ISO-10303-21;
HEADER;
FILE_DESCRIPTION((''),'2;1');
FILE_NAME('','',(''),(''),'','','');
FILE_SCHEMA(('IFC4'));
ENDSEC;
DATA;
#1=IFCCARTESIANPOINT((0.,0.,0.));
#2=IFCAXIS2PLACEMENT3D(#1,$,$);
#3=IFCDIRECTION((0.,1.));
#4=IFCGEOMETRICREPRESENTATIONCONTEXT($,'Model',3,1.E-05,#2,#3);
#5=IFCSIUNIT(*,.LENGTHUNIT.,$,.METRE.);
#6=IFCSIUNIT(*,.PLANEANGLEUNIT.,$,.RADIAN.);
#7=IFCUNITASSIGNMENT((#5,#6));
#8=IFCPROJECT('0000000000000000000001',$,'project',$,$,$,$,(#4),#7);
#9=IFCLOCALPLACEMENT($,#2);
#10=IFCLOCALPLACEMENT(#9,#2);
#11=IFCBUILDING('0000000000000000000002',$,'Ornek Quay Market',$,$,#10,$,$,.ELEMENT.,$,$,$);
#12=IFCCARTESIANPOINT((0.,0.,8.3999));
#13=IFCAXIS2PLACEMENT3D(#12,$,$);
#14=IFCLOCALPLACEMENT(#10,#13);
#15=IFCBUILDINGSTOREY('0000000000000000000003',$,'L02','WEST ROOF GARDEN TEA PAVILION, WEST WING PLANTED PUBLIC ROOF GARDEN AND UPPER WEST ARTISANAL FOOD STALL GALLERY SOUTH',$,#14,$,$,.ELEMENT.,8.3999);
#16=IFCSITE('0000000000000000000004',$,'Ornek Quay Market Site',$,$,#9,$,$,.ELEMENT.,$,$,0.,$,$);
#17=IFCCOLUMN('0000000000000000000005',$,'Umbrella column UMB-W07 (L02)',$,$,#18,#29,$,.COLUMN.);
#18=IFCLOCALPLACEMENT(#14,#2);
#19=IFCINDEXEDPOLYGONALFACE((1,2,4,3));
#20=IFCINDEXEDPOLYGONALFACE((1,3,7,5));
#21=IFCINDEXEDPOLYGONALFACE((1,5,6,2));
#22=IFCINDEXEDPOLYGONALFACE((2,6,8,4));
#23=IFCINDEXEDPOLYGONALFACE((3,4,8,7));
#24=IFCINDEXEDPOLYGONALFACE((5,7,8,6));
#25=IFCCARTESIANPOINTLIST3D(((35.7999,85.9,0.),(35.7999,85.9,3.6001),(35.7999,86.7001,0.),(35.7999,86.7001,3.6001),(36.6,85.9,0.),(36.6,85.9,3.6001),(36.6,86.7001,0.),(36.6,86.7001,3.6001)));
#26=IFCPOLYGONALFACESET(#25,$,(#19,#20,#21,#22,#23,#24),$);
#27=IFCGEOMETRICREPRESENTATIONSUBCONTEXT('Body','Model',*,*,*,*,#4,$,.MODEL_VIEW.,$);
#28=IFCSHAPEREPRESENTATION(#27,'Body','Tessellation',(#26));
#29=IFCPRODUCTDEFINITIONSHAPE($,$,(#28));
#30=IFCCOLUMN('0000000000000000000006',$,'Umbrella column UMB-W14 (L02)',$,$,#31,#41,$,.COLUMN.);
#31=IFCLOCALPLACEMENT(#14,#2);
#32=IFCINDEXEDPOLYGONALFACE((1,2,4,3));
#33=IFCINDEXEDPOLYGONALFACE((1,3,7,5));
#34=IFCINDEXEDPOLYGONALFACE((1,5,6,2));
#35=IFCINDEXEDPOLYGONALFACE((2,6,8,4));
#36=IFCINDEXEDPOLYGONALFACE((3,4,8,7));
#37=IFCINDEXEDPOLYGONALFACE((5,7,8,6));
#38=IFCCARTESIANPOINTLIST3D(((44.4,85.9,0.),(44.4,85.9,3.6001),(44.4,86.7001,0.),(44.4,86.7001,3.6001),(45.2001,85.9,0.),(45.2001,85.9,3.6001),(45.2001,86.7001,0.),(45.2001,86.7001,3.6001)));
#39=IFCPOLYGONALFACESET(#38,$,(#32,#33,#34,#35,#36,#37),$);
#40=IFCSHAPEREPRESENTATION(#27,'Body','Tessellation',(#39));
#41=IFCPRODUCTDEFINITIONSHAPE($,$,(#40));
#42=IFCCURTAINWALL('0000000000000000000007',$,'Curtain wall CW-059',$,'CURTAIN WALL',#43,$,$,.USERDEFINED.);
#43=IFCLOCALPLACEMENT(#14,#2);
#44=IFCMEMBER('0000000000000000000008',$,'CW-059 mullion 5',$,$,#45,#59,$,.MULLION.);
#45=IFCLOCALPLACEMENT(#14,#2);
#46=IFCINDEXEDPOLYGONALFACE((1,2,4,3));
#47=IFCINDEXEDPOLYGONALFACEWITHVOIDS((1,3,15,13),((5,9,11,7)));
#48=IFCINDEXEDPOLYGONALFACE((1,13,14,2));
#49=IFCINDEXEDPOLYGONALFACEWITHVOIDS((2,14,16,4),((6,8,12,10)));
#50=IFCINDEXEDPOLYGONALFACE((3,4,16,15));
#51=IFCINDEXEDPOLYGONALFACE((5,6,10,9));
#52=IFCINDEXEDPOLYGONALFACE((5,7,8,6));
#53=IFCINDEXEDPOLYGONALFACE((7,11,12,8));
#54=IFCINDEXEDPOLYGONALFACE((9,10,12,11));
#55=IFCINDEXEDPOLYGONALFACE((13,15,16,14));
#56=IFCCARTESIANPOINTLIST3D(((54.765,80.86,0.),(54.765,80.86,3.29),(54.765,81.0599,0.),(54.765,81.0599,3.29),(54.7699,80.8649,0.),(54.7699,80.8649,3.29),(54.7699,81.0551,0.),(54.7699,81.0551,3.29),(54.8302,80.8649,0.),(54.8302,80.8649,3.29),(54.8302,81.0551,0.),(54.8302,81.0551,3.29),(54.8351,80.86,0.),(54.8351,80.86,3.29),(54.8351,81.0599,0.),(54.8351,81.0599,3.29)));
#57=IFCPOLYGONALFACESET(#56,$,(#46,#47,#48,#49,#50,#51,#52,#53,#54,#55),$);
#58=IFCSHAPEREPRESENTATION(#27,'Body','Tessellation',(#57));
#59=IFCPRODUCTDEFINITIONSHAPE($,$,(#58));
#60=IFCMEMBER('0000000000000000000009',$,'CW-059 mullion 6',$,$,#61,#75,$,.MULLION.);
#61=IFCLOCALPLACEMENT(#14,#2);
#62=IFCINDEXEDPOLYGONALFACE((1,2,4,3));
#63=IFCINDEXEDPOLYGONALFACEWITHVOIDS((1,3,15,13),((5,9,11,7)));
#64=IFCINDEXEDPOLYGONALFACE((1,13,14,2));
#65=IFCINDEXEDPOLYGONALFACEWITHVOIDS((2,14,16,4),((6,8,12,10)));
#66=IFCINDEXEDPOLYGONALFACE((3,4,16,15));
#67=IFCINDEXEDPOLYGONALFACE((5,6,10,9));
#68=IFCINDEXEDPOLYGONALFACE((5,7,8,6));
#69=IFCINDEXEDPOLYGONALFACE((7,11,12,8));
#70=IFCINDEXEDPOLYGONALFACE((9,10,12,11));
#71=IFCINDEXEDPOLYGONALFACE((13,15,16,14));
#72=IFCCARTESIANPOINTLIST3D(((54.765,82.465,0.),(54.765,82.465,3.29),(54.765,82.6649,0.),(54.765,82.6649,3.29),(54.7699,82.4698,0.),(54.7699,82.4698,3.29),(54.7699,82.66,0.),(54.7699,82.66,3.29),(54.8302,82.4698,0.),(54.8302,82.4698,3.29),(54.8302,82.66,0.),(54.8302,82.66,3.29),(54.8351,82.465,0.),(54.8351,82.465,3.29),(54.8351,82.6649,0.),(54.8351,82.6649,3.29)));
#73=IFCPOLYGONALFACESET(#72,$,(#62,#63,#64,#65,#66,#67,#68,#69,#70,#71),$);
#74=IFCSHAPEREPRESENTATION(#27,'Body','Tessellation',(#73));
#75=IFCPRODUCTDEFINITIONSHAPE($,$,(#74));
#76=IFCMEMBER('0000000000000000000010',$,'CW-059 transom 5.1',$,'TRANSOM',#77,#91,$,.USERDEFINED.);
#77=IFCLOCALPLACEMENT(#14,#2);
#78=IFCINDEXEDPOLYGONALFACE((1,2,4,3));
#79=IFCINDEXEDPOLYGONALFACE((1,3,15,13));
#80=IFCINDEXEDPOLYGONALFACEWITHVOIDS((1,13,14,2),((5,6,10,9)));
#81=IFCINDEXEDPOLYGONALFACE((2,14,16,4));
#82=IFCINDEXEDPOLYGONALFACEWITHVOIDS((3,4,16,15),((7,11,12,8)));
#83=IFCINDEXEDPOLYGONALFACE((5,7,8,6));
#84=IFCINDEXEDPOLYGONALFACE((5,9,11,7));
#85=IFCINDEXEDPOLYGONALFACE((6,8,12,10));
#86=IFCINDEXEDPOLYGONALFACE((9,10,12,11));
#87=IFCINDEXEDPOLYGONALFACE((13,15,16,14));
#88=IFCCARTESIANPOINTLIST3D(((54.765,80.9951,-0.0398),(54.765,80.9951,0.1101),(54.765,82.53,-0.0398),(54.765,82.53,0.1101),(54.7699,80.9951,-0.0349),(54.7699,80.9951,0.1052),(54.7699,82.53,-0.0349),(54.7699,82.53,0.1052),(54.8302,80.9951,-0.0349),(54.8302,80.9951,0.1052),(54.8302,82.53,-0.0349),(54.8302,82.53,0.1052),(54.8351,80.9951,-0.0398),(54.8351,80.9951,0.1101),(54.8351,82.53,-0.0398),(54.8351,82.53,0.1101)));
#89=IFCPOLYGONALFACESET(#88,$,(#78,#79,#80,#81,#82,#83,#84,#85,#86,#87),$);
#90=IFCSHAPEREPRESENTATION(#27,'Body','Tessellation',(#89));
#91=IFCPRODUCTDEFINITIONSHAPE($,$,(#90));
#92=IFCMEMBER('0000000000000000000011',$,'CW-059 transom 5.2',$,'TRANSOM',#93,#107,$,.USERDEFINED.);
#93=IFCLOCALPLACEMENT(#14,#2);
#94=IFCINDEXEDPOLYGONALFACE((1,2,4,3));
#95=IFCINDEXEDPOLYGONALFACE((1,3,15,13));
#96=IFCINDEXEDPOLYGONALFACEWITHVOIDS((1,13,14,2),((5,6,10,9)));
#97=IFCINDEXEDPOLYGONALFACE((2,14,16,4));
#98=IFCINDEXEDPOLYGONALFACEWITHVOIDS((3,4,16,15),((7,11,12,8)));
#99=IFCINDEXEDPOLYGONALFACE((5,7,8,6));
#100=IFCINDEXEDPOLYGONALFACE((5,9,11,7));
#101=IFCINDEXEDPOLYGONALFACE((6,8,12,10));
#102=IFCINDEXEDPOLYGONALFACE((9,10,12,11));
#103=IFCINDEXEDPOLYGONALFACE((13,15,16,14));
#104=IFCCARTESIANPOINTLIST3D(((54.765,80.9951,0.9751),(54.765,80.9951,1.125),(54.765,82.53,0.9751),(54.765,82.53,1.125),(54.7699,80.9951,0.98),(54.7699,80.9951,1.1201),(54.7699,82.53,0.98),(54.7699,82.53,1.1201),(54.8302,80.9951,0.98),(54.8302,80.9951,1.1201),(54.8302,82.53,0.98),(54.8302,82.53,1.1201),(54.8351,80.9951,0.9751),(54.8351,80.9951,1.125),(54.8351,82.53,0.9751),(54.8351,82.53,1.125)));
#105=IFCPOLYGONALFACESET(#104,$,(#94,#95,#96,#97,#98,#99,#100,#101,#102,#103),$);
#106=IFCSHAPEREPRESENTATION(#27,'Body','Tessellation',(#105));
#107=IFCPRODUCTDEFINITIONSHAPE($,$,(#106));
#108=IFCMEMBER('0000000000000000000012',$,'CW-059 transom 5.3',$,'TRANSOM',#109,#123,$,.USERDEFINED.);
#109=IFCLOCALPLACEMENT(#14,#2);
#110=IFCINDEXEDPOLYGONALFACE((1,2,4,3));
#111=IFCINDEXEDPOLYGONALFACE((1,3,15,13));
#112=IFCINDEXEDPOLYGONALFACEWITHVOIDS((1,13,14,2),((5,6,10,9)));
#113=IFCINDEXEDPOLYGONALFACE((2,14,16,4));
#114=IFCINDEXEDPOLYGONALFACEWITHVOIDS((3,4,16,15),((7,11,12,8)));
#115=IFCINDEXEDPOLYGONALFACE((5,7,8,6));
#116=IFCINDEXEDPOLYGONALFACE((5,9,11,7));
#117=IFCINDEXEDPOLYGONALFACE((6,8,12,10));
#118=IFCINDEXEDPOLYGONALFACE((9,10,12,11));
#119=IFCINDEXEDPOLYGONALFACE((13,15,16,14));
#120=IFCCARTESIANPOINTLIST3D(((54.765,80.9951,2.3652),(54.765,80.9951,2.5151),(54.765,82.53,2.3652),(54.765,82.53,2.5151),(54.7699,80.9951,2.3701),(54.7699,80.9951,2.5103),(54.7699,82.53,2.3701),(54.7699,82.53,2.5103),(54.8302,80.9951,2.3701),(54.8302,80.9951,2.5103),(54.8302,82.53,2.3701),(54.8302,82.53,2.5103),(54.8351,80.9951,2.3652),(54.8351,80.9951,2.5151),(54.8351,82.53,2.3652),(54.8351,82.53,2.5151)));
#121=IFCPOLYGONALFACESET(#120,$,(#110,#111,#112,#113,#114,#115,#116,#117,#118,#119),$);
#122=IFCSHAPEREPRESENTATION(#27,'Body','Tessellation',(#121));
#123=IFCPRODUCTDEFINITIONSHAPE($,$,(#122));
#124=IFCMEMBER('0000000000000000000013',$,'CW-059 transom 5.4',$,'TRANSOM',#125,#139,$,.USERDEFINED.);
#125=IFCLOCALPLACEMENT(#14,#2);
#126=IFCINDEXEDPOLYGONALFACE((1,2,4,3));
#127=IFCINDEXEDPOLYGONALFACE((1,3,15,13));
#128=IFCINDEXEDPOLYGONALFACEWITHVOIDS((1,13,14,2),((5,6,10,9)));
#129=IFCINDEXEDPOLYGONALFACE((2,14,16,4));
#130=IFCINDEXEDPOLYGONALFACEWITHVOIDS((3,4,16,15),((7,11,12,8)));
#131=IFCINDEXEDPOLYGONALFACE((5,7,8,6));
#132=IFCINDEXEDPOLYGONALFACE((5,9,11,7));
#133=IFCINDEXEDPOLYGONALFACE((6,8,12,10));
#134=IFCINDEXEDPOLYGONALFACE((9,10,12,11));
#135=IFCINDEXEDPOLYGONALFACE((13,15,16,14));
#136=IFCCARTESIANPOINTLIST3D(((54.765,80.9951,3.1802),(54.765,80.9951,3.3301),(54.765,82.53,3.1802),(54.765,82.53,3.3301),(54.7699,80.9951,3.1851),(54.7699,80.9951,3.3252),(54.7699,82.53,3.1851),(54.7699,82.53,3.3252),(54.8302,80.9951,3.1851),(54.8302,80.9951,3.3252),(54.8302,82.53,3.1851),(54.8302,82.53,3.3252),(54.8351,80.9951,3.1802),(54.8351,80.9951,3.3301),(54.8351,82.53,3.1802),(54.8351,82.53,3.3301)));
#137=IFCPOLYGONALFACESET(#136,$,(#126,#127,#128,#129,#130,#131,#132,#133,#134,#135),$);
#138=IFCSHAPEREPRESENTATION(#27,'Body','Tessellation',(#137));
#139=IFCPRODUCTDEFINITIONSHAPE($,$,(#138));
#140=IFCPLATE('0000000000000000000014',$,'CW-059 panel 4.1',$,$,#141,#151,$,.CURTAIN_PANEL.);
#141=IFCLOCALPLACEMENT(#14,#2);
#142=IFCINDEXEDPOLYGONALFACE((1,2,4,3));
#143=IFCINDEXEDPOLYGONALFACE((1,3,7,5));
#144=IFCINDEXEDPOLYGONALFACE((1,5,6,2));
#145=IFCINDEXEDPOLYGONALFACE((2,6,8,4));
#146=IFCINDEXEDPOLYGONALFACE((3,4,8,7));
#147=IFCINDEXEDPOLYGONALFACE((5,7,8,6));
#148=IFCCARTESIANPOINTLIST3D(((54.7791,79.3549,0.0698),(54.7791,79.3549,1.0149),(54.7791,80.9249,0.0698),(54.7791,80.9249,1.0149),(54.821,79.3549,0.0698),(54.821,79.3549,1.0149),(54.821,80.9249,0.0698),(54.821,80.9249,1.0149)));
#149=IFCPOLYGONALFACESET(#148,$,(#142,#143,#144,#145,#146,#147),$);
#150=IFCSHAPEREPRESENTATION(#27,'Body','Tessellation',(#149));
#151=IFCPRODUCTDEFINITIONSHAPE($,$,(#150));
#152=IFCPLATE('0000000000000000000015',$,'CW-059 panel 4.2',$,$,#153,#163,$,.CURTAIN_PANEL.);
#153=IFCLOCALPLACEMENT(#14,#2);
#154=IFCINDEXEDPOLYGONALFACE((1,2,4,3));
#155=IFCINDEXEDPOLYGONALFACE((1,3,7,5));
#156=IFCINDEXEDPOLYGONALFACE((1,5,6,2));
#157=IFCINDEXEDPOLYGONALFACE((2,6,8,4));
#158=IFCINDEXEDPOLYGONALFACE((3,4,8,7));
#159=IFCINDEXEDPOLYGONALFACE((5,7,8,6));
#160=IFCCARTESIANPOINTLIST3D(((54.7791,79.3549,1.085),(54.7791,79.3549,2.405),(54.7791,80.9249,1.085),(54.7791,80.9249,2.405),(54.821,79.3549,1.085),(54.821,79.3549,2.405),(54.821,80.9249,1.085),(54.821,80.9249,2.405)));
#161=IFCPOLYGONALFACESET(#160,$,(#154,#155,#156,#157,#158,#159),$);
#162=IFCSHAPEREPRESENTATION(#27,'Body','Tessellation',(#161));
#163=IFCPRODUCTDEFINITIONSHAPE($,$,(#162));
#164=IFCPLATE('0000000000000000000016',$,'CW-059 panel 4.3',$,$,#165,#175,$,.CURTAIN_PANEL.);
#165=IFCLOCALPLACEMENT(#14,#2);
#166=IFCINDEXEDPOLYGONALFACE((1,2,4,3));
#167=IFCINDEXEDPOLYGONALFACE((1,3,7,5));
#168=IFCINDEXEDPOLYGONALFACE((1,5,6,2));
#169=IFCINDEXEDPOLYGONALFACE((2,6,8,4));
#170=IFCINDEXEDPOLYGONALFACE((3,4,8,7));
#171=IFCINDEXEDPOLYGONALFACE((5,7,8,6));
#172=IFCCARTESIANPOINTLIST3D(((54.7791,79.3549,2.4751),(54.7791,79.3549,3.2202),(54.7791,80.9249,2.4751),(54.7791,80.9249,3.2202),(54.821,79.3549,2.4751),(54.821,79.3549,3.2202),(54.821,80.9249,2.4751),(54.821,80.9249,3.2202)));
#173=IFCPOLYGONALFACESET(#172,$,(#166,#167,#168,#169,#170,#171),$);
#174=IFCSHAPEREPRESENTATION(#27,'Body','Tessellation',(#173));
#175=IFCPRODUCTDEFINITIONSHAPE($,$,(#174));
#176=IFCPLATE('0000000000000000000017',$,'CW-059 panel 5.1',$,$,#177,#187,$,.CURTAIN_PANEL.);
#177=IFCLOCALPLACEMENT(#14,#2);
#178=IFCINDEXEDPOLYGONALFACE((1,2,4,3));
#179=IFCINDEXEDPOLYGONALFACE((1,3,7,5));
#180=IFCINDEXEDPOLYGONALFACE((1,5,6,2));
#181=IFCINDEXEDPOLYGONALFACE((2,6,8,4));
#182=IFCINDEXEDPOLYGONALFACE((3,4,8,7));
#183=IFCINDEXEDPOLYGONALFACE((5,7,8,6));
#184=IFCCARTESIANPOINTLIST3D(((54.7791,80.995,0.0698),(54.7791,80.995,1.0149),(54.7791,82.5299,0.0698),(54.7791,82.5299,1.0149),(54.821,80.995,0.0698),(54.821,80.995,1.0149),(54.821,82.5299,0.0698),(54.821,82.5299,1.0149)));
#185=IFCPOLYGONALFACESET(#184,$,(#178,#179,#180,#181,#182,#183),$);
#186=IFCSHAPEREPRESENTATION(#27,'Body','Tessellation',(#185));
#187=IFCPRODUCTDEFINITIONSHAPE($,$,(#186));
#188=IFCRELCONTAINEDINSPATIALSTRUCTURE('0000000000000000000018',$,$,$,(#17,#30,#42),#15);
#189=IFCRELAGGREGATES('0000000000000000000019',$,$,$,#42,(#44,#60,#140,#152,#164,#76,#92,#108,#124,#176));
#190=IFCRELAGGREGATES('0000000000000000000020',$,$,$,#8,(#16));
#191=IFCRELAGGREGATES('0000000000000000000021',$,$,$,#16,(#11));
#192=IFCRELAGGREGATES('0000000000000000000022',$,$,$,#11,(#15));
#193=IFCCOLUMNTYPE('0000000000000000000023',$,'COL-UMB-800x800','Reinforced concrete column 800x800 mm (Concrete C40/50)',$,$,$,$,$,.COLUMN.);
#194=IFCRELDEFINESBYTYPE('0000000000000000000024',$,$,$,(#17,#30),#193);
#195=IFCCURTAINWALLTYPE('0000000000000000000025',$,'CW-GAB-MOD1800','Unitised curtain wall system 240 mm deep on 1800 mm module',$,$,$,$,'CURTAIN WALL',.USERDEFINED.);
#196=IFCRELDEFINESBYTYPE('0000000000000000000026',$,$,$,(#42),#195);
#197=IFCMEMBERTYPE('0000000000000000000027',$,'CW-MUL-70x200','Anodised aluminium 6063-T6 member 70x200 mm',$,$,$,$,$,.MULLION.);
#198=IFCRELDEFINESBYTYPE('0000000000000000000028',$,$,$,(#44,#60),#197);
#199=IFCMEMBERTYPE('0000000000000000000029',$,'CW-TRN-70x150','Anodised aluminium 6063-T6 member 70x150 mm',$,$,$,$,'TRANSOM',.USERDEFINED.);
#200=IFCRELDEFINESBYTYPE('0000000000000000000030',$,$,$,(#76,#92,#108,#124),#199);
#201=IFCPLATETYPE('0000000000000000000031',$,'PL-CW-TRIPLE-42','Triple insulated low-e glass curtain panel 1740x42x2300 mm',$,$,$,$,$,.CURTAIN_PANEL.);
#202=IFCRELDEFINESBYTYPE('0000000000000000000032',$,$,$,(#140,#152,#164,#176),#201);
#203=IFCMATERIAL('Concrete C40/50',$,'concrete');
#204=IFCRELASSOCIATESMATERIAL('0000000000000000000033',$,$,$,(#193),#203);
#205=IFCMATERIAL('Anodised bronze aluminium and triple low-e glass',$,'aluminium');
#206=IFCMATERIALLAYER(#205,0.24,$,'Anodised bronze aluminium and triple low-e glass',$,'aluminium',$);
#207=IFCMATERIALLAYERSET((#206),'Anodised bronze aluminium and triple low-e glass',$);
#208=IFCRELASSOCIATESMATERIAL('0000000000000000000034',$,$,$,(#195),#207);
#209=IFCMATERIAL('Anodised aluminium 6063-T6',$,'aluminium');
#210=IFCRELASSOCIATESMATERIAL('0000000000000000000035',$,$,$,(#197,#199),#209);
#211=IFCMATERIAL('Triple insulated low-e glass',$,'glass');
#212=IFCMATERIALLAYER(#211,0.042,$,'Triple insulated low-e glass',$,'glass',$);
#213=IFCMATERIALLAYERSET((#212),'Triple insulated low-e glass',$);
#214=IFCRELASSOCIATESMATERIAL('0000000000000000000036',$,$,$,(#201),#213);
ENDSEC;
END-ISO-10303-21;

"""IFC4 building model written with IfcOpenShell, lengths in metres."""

from ifc_helpers import new_model, si_unit, direction, frame, origin, origin_2d, place, context, subcontext, project, spatial, rectangle, hollow_rectangle, extrude, material, layer, layer_set, material_profile, profile_set, type_object, element, aggregate, save


model = new_model("IFC4")

# Units and contexts
model_context = context("Model", 3, precision=1e-05, world=origin(), true_north=direction((0.0, 1.0)))
body_context = subcontext(model_context, "Body", "Model", "MODEL_VIEW")
ifc_project = project(units=[si_unit("LENGTHUNIT", "METRE"), si_unit("PLANEANGLEUNIT", "RADIAN")], contexts=[model_context])

# Site, building, storey
site_placement = place(None, origin())
site = spatial("IfcSite", under=ifc_project, at=site_placement, Name="Ornek Quay Market Site", CompositionType="ELEMENT", RefElevation=0.0)
building_placement = place(site_placement, origin())
building = spatial("IfcBuilding", under=site, at=building_placement, Name="Ornek Quay Market", CompositionType="ELEMENT")
storey_placement = place(building_placement, frame((0.0, 0.0, 8.3999)))
storey = spatial("IfcBuildingStorey", under=building, at=storey_placement, Name="L02", Description="WEST ROOF GARDEN TEA PAVILION, WEST WING PLANTED PUBLIC ROOF GARDEN AND UPPER WEST ARTISANAL FOOD STALL GALLERY SOUTH", CompositionType="ELEMENT", Elevation=8.3999)

# Columns
ifc_material_1 = material(Name="Concrete C40/50", Category="concrete")
ifc_material_profile_1 = material_profile(ifc_material_1, rectangle(XDim=0.8, YDim=0.8, at=origin_2d()), Name="RC 800x800", Category="concrete")
ifc_profile_set_1 = profile_set([ifc_material_profile_1], Name="Concrete C40/50")
column_type = type_object("IfcColumnType", Name="COL-UMB-800x800", Description="Reinforced concrete column 800x800 mm (Concrete C40/50)", PredefinedType="COLUMN", material=ifc_profile_set_1)
for number, where, z_axis, x_axis, name in (
    (1, (36.2, 86.3, 0.0), (0.0, 0.0, 1.0), (1.0, 0.0, 0.0), "Umbrella column UMB-W07 (L02)"),
    (2, (44.8, 86.3, 0.0), (0.0, 0.0, 1.0), (1.0, 0.0, 0.0), "Umbrella column UMB-W14 (L02)"),
):
    element("IfcColumn", number, at=place(storey_placement, frame(where, z_axis=z_axis, x_axis=x_axis)), inside=storey, type_object=column_type, Name=name, PredefinedType="COLUMN", context=body_context, shape_type="SweptSolid", body=[
        extrude(rectangle(XDim=0.8, YDim=0.8, at=origin_2d()), origin(), (0.0, 0.0, 1.0), 3.6001),
    ])

# Curtain wall, members, plates
ifc_material_2 = material(Name="Anodised bronze aluminium and triple low-e glass", Category="aluminium")
ifc_layer_1 = layer(ifc_material_2, 0.24, Name="Anodised bronze aluminium and triple low-e glass", Category="aluminium")
ifc_layer_set_1 = layer_set([ifc_layer_1], Name="Anodised bronze aluminium and triple low-e glass")
curtain_wall_type = type_object("IfcCurtainWallType", Name="CW-GAB-MOD1800", Description="Unitised curtain wall system 240 mm deep on 1800 mm module", ElementType="CURTAIN WALL", PredefinedType="USERDEFINED", material=ifc_layer_set_1)
curtain_wall_placement = place(storey_placement, origin())
curtain_wall = element("IfcCurtainWall", 3, at=curtain_wall_placement, inside=storey, type_object=curtain_wall_type, Name="Curtain wall CW-059", ObjectType="CURTAIN WALL", PredefinedType="USERDEFINED")
ifc_material_3 = material(Name="Anodised aluminium 6063-T6", Category="aluminium")
ifc_material_profile_2 = material_profile(ifc_material_3, hollow_rectangle(XDim=0.0701, YDim=0.2, WallThickness=0.0049, at=origin_2d()), Name="CW-MUL-70x200", Category="aluminium")
ifc_profile_set_2 = profile_set([ifc_material_profile_2], Name="Anodised aluminium 6063-T6")
member_type_1 = type_object("IfcMemberType", Name="CW-MUL-70x200", Description="Anodised aluminium 6063-T6 member 70x200 mm", PredefinedType="MULLION", material=ifc_profile_set_2)
member_1_placement = place(storey_placement, frame((54.8, 80.96, 0.0), z_axis=(0.0, 0.0, 1.0), x_axis=(-1.0, 0.0, 0.0)))
member_1 = element("IfcMember", 4, at=member_1_placement, type_object=member_type_1, Name="CW-059 mullion 5", PredefinedType="MULLION", context=body_context, shape_type="SweptSolid", body=[
    extrude(hollow_rectangle(XDim=0.0701, YDim=0.2, WallThickness=0.0049, at=origin_2d()), origin(), (0.0, 0.0, 1.0), 3.29),
])
member_2_placement = place(storey_placement, frame((54.8, 82.5649, 0.0), z_axis=(0.0, 0.0, 1.0), x_axis=(-1.0, 0.0, 0.0)))
member_2 = element("IfcMember", 5, at=member_2_placement, type_object=member_type_1, Name="CW-059 mullion 6", PredefinedType="MULLION", context=body_context, shape_type="SweptSolid", body=[
    extrude(hollow_rectangle(XDim=0.0701, YDim=0.2, WallThickness=0.0049, at=origin_2d()), origin(), (0.0, 0.0, 1.0), 3.29),
])
ifc_material_profile_3 = material_profile(ifc_material_3, hollow_rectangle(XDim=0.0701, YDim=0.1499, WallThickness=0.0049, at=origin_2d()), Name="CW-TRN-70x150", Category="aluminium")
ifc_profile_set_3 = profile_set([ifc_material_profile_3], Name="Anodised aluminium 6063-T6")
member_type_2 = type_object("IfcMemberType", Name="CW-TRN-70x150", Description="Anodised aluminium 6063-T6 member 70x150 mm", ElementType="TRANSOM", PredefinedType="USERDEFINED", material=ifc_profile_set_3)
member_3_placement = place(storey_placement, frame((54.8, 80.9951, 0.0352), z_axis=(0.0, 1.0, 0.0), x_axis=(-1.0, 0.0, 0.0)))
member_3 = element("IfcMember", 6, at=member_3_placement, type_object=member_type_2, Name="CW-059 transom 5.1", ObjectType="TRANSOM", PredefinedType="USERDEFINED", context=body_context, shape_type="SweptSolid", body=[
    extrude(hollow_rectangle(XDim=0.0701, YDim=0.1499, WallThickness=0.0049, at=origin_2d()), origin(), (0.0, 0.0, 1.0), 1.5349),
])
member_4_placement = place(storey_placement, frame((54.8, 80.9951, 1.05), z_axis=(0.0, 1.0, 0.0), x_axis=(-1.0, 0.0, 0.0)))
member_4 = element("IfcMember", 7, at=member_4_placement, type_object=member_type_2, Name="CW-059 transom 5.2", ObjectType="TRANSOM", PredefinedType="USERDEFINED", context=body_context, shape_type="SweptSolid", body=[
    extrude(hollow_rectangle(XDim=0.0701, YDim=0.1499, WallThickness=0.0049, at=origin_2d()), origin(), (0.0, 0.0, 1.0), 1.5349),
])
member_5_placement = place(storey_placement, frame((54.8, 80.9951, 2.4402), z_axis=(0.0, 1.0, 0.0), x_axis=(-1.0, 0.0, 0.0)))
member_5 = element("IfcMember", 8, at=member_5_placement, type_object=member_type_2, Name="CW-059 transom 5.3", ObjectType="TRANSOM", PredefinedType="USERDEFINED", context=body_context, shape_type="SweptSolid", body=[
    extrude(hollow_rectangle(XDim=0.0701, YDim=0.1499, WallThickness=0.0049, at=origin_2d()), origin(), (0.0, 0.0, 1.0), 1.5349),
])
member_6_placement = place(storey_placement, frame((54.8, 80.9951, 3.2551), z_axis=(0.0, 1.0, 0.0), x_axis=(-1.0, 0.0, 0.0)))
member_6 = element("IfcMember", 9, at=member_6_placement, type_object=member_type_2, Name="CW-059 transom 5.4", ObjectType="TRANSOM", PredefinedType="USERDEFINED", context=body_context, shape_type="SweptSolid", body=[
    extrude(hollow_rectangle(XDim=0.0701, YDim=0.1499, WallThickness=0.0049, at=origin_2d()), origin(), (0.0, 0.0, 1.0), 1.5349),
])
ifc_material_4 = material(Name="Triple insulated low-e glass", Category="glass")
ifc_layer_2 = layer(ifc_material_4, 0.042, Name="Triple insulated low-e glass", Category="glass")
ifc_layer_set_2 = layer_set([ifc_layer_2], Name="Triple insulated low-e glass")
plate_type = type_object("IfcPlateType", Name="PL-CW-TRIPLE-42", Description="Triple insulated low-e glass curtain panel 1740x42x2300 mm", PredefinedType="CURTAIN_PANEL", material=ifc_layer_set_2)
plate_1_placement = place(storey_placement, frame((54.8, 80.1399, 0.0698), z_axis=(0.0, 0.0, 1.0), x_axis=(0.0, 1.0, 0.0)))
plate_1 = element("IfcPlate", 10, at=plate_1_placement, type_object=plate_type, Name="CW-059 panel 4.1", PredefinedType="CURTAIN_PANEL", context=body_context, shape_type="SweptSolid", body=[
    extrude(rectangle(XDim=1.5701, YDim=0.042, at=origin_2d()), origin(), (0.0, 0.0, 1.0), 0.9451),
])
plate_2_placement = place(storey_placement, frame((54.8, 80.1399, 1.085), z_axis=(0.0, 0.0, 1.0), x_axis=(0.0, 1.0, 0.0)))
plate_2 = element("IfcPlate", 11, at=plate_2_placement, type_object=plate_type, Name="CW-059 panel 4.2", PredefinedType="CURTAIN_PANEL", context=body_context, shape_type="SweptSolid", body=[
    extrude(rectangle(XDim=1.5701, YDim=0.042, at=origin_2d()), origin(), (0.0, 0.0, 1.0), 1.3201),
])
plate_3_placement = place(storey_placement, frame((54.8, 80.1399, 2.4751), z_axis=(0.0, 0.0, 1.0), x_axis=(0.0, 1.0, 0.0)))
plate_3 = element("IfcPlate", 12, at=plate_3_placement, type_object=plate_type, Name="CW-059 panel 4.3", PredefinedType="CURTAIN_PANEL", context=body_context, shape_type="SweptSolid", body=[
    extrude(rectangle(XDim=1.5701, YDim=0.042, at=origin_2d()), origin(), (0.0, 0.0, 1.0), 0.7451),
])
plate_4_placement = place(storey_placement, frame((54.8, 81.7625, 0.0698), z_axis=(0.0, 0.0, 1.0), x_axis=(0.0, 1.0, 0.0)))
plate_4 = element("IfcPlate", 13, at=plate_4_placement, type_object=plate_type, Name="CW-059 panel 5.1", PredefinedType="CURTAIN_PANEL", context=body_context, shape_type="SweptSolid", body=[
    extrude(rectangle(XDim=1.5349, YDim=0.042, at=origin_2d()), origin(), (0.0, 0.0, 1.0), 0.9451),
])
aggregate(curtain_wall, [member_1, member_2, plate_1, plate_2, plate_3, member_3, member_4, member_5, member_6, plate_4])

save(model, "model.ifc")
